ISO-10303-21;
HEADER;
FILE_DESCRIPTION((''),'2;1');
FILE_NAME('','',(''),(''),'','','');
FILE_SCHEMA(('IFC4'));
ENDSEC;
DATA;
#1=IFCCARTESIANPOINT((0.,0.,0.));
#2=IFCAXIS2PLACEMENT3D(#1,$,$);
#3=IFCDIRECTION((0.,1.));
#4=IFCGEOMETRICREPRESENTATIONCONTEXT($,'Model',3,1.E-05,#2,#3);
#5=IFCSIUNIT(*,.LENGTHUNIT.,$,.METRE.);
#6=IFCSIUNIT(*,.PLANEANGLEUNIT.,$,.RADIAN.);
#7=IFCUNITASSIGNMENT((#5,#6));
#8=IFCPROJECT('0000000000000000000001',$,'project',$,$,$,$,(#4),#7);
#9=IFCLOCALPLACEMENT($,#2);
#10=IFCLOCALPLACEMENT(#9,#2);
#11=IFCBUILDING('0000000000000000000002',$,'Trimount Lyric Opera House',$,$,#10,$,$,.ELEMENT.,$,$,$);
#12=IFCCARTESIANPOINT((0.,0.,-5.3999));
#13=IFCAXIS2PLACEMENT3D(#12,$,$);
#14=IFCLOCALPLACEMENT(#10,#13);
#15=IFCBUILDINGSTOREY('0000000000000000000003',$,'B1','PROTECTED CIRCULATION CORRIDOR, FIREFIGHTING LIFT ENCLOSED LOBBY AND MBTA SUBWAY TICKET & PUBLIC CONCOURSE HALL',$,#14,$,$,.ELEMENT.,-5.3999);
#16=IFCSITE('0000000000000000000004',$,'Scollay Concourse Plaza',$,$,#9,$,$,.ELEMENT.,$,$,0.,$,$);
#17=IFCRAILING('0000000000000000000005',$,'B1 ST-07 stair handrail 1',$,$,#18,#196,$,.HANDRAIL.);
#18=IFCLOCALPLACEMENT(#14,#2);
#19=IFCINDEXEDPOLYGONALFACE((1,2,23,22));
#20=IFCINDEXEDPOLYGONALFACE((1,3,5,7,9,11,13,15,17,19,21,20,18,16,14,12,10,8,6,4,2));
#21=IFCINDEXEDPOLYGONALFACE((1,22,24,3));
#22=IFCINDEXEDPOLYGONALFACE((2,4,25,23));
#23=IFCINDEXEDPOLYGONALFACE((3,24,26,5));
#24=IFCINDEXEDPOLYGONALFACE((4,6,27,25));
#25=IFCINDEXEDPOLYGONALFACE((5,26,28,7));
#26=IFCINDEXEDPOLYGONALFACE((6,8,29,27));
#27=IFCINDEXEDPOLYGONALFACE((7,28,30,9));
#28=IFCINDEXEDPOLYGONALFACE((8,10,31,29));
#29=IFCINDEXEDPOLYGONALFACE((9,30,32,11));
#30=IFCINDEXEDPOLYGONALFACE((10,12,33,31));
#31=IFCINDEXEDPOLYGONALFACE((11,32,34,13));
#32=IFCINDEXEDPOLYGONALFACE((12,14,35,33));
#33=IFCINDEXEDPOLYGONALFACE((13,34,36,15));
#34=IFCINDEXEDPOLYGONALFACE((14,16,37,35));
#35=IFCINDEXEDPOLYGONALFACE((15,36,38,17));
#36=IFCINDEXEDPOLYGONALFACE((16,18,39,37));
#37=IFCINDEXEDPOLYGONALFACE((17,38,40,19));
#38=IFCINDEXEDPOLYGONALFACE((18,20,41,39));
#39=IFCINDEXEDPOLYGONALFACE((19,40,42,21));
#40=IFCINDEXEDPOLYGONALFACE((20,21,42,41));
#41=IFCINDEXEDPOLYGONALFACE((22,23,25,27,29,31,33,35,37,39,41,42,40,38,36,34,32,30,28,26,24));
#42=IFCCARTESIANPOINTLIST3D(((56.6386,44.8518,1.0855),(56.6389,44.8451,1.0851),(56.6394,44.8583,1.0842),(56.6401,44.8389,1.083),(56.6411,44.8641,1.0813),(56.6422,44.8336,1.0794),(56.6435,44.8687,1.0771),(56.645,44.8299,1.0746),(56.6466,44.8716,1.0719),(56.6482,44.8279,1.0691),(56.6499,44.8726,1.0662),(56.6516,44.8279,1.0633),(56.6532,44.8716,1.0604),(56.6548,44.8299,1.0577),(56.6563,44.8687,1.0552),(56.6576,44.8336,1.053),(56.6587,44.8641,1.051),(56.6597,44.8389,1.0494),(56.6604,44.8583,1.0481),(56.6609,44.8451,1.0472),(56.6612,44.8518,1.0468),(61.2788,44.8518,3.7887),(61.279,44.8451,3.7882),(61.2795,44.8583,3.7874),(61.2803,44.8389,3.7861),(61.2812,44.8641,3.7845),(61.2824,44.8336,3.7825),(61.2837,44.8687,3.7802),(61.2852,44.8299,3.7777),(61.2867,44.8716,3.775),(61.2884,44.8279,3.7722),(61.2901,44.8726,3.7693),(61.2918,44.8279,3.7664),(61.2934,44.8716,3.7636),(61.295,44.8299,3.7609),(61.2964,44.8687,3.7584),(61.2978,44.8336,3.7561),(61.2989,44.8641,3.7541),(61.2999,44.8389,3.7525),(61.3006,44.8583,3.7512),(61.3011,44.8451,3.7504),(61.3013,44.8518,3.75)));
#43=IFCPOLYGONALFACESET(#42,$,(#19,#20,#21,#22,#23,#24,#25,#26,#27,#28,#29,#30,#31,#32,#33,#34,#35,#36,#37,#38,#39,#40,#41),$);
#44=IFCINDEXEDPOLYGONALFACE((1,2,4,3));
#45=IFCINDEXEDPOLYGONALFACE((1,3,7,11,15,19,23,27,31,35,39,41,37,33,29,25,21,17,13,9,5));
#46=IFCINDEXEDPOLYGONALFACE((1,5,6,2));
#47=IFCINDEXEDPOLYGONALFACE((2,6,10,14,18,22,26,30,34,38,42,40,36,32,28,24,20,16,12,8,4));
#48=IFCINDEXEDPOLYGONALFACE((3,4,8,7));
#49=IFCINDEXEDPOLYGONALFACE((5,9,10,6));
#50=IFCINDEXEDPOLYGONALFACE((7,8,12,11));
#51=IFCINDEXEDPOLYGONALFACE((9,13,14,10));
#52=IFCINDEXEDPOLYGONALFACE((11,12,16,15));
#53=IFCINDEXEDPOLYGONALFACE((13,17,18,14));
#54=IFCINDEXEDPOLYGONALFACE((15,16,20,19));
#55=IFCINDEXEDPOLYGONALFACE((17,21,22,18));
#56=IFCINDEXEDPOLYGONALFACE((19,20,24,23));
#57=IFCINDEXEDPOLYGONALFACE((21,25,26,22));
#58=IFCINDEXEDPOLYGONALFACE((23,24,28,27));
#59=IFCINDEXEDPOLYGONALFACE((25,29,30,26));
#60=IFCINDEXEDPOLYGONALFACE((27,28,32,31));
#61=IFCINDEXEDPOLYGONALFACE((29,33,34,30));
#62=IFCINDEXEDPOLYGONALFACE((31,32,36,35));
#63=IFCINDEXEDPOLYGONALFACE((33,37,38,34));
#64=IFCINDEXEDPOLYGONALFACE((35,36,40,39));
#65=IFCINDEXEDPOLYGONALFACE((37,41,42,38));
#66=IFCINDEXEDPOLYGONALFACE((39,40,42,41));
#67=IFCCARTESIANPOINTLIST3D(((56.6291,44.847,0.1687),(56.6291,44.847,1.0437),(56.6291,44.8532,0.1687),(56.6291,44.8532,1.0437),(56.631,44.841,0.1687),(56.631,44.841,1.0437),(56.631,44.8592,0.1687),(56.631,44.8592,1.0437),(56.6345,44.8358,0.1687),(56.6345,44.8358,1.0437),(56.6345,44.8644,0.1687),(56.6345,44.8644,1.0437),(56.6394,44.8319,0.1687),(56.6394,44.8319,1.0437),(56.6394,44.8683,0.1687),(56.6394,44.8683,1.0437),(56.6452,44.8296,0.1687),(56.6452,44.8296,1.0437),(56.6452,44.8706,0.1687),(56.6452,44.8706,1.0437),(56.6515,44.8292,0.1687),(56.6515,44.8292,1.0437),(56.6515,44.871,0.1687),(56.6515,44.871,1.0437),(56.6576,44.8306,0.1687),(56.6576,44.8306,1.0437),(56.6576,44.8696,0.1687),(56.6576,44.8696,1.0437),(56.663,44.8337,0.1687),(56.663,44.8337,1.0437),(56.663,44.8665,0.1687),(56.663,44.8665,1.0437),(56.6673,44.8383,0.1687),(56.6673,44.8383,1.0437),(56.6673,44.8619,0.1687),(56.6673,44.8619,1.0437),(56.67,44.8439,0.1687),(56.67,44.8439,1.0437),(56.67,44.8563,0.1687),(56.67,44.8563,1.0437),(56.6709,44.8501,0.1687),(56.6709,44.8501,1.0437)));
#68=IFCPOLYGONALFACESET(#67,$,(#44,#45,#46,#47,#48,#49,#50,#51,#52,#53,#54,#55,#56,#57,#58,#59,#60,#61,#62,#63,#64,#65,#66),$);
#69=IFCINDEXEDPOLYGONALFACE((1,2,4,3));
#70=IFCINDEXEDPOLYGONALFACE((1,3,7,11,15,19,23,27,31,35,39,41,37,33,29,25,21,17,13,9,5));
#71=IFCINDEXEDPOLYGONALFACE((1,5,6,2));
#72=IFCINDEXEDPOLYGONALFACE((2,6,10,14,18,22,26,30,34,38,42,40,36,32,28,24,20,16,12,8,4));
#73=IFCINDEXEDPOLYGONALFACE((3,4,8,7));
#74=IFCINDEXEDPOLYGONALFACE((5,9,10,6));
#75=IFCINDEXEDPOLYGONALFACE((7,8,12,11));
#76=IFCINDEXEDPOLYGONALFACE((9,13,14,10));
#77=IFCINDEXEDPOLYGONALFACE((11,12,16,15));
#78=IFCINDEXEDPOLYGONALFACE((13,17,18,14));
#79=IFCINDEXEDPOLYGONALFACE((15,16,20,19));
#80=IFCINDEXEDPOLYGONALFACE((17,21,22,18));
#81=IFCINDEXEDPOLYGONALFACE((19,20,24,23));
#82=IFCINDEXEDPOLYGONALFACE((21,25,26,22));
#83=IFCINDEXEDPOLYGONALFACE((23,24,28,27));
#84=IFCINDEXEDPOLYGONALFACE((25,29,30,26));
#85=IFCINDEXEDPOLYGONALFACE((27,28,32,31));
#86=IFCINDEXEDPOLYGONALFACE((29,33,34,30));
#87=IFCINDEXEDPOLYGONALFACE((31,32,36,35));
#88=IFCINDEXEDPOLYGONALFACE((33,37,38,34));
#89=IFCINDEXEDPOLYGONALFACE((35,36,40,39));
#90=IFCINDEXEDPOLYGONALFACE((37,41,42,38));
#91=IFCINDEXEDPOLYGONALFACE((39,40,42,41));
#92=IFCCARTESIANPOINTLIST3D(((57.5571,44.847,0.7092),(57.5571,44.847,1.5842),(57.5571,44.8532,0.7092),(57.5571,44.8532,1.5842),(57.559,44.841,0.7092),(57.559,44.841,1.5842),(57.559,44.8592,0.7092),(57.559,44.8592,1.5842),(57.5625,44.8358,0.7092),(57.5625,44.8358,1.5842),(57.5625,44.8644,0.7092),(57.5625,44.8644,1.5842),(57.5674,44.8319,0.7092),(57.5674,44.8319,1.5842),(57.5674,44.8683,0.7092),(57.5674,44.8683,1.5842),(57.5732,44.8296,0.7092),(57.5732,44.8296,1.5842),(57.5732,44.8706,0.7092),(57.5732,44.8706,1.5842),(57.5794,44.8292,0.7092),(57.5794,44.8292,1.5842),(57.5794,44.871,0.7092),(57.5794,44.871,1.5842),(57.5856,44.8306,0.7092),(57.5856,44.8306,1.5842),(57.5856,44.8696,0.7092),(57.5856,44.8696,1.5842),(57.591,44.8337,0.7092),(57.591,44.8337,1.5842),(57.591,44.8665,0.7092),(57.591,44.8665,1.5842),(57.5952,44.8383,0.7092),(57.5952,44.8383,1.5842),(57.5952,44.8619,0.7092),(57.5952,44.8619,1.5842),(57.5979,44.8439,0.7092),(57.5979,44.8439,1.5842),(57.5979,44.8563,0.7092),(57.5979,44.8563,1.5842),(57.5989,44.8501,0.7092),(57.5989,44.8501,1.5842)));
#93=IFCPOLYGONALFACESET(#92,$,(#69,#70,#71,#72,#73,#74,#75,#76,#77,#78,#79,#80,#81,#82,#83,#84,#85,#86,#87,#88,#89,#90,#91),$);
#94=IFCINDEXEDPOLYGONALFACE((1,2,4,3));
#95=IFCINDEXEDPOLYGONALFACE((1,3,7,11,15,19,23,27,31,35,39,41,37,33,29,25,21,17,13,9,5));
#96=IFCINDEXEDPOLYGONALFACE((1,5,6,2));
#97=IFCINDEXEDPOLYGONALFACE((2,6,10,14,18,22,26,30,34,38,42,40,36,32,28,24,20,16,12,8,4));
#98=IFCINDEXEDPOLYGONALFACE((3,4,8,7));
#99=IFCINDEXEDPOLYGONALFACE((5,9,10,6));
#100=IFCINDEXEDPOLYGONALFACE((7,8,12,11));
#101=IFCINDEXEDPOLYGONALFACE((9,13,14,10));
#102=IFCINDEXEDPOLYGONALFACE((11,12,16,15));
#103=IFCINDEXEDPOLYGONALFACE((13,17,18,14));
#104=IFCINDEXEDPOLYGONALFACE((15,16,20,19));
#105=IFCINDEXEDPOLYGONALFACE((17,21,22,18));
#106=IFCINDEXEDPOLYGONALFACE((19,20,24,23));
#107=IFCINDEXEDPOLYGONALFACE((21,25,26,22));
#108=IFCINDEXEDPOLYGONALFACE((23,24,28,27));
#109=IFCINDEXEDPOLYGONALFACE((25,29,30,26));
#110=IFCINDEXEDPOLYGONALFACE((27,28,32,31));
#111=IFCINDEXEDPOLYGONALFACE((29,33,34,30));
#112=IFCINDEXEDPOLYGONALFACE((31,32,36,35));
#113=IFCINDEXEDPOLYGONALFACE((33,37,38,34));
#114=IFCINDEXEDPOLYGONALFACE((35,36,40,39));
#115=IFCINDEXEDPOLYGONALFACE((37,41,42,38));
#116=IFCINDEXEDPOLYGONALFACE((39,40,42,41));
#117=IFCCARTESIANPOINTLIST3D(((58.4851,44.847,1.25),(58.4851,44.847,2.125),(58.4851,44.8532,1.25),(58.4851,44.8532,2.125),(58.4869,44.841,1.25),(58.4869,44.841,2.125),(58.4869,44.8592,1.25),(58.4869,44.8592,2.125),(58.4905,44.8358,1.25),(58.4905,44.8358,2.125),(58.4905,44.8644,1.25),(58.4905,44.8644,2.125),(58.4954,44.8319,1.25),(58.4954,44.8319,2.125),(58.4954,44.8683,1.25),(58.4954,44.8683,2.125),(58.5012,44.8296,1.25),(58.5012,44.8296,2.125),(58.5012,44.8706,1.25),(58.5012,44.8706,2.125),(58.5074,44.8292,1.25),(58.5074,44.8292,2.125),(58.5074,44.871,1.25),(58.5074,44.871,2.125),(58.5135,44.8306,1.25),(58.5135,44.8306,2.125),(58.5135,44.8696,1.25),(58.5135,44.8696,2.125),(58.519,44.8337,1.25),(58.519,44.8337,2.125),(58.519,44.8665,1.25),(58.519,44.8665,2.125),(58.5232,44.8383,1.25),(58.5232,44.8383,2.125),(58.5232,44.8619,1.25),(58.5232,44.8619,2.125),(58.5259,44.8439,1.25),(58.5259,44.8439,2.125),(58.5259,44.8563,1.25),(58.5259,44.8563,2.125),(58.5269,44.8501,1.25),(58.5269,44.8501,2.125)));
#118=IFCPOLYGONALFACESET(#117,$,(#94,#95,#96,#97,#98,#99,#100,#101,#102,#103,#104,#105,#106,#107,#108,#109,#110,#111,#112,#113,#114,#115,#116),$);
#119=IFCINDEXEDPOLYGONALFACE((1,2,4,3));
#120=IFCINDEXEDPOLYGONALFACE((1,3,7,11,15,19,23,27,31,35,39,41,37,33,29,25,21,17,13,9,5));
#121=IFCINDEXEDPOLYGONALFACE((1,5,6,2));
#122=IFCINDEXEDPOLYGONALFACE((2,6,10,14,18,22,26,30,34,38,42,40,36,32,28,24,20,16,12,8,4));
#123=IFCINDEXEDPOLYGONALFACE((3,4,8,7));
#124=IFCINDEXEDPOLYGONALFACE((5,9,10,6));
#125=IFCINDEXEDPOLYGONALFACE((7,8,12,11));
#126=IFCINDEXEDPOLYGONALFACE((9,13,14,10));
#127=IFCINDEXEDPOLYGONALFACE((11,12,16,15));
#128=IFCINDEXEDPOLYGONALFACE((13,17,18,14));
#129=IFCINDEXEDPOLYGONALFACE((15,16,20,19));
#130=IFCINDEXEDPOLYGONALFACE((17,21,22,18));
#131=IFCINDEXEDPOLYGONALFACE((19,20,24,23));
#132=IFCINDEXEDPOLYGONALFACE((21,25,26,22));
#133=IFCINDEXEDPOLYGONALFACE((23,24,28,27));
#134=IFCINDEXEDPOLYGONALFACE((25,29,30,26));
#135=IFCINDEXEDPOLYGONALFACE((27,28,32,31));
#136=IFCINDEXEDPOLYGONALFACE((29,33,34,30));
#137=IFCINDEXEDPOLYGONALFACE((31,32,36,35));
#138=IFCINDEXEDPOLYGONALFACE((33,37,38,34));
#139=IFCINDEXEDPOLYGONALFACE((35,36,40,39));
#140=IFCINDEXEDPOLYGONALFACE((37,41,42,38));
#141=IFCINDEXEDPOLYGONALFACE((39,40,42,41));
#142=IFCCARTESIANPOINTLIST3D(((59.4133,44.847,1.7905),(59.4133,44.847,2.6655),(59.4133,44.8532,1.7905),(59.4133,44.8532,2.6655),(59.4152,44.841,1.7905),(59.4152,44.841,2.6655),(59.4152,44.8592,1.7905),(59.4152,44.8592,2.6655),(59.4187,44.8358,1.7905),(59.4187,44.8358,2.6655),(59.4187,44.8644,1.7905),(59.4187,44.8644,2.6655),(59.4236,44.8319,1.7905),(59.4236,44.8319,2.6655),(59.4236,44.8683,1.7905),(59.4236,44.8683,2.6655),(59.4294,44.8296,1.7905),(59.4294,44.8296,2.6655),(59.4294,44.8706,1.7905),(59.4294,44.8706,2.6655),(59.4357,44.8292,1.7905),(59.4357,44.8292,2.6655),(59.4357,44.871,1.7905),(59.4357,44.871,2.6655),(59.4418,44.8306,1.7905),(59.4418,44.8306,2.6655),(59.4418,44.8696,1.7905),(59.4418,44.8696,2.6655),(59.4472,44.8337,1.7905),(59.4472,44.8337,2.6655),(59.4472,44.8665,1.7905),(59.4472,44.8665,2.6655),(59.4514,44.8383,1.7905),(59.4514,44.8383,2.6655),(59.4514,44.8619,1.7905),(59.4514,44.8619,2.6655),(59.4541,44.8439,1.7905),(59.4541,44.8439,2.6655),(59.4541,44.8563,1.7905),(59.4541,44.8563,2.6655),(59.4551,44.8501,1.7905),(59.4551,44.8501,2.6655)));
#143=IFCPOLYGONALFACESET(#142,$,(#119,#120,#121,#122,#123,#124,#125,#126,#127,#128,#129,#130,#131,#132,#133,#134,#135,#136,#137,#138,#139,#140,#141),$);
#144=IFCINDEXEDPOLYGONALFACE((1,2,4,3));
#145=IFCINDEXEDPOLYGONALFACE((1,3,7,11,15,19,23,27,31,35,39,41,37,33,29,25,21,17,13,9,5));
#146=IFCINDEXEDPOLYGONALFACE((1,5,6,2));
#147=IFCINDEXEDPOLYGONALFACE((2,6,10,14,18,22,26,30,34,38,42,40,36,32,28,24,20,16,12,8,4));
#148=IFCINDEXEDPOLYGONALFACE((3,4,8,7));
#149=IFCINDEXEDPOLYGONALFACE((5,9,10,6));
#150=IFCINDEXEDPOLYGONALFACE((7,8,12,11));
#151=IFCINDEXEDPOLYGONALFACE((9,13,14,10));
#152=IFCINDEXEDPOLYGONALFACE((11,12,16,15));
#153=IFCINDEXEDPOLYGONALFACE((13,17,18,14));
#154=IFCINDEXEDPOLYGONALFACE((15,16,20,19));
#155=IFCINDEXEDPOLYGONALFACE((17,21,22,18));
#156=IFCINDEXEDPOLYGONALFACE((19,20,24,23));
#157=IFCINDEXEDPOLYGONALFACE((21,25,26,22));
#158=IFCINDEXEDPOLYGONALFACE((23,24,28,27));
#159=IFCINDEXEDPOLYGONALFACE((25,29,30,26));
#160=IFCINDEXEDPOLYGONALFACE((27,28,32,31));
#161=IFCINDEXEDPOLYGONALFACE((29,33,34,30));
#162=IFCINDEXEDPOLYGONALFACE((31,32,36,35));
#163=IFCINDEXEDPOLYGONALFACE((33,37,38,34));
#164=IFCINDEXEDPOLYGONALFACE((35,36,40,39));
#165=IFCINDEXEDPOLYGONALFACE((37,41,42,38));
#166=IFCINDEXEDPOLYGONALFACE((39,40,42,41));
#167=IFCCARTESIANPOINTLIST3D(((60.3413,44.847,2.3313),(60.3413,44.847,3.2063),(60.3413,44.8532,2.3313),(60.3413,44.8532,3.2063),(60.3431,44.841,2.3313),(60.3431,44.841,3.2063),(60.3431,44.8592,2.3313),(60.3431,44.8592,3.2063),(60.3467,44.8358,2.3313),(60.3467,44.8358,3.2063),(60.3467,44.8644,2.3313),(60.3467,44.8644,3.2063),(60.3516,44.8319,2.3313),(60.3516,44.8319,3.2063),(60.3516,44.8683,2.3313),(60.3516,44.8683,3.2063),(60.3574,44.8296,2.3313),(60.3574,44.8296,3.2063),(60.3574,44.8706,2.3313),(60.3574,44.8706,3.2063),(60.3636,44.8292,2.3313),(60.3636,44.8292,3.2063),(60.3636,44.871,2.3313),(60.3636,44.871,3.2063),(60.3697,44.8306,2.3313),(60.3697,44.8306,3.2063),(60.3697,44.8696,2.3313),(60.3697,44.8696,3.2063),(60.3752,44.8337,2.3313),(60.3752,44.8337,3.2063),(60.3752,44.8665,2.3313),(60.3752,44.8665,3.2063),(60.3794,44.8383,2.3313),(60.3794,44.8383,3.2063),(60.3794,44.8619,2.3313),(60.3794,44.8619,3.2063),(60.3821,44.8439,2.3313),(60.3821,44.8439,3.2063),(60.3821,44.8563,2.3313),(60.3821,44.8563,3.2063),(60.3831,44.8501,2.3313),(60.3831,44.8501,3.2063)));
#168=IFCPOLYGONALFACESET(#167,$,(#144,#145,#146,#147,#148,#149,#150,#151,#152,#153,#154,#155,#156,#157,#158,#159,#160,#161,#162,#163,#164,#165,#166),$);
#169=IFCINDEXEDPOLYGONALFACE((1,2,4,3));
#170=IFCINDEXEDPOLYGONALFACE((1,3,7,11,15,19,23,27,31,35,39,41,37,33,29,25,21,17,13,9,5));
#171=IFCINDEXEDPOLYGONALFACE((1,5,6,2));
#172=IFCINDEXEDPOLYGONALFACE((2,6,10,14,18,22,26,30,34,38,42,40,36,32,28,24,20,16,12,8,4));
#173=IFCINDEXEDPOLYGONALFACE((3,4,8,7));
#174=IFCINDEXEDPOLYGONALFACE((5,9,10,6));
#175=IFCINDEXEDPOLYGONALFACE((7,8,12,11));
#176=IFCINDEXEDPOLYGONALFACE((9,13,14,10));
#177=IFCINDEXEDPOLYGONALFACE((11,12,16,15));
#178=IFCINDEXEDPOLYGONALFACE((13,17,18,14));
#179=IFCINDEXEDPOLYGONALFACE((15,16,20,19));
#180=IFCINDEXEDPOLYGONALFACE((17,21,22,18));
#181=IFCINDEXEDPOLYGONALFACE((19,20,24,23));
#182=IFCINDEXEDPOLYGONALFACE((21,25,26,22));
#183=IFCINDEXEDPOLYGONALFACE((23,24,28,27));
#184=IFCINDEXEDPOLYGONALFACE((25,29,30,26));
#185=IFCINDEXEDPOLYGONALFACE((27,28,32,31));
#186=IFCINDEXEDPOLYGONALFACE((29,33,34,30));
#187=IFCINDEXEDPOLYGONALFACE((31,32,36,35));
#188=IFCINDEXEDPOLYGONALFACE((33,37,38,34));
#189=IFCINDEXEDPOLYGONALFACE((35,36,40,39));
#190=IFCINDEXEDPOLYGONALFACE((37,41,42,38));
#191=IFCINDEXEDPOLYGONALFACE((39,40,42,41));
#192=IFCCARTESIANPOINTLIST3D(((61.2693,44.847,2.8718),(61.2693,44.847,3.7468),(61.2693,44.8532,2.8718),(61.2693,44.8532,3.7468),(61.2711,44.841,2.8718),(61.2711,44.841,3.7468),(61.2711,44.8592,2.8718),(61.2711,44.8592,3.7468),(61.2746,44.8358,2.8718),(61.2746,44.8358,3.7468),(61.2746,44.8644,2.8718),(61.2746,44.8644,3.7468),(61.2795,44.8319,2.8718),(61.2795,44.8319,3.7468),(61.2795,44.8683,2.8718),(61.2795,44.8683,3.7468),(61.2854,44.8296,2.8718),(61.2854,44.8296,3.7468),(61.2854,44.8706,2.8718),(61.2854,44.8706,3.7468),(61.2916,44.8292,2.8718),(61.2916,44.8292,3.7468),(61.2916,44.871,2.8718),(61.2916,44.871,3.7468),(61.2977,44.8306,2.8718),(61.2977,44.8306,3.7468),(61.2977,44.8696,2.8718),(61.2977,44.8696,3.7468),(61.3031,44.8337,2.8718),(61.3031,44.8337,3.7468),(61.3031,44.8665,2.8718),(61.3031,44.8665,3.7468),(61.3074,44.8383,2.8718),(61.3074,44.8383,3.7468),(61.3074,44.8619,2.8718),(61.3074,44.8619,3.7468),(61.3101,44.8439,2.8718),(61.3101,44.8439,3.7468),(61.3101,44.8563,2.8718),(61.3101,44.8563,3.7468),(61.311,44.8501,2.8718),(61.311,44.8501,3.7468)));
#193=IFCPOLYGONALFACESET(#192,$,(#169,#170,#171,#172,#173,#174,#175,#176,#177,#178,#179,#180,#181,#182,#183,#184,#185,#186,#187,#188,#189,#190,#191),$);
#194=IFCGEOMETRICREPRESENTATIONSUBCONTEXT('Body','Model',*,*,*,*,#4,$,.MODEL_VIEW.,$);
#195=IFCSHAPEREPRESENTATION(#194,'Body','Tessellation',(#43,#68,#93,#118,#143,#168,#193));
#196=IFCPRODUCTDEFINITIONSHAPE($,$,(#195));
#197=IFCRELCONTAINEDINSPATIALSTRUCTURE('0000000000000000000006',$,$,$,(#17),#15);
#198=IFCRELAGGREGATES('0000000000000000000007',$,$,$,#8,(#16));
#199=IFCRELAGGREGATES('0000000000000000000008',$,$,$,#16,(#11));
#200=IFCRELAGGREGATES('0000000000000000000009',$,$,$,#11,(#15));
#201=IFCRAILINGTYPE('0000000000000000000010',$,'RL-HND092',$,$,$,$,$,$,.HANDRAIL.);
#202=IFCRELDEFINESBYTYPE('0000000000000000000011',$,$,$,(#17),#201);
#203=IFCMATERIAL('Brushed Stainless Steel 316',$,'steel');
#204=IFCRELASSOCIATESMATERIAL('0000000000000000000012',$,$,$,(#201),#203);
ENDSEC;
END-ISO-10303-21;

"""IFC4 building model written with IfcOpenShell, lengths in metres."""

from ifc_helpers import new_model, si_unit, direction, frame, origin, origin_2d, place, context, subcontext, project, spatial, circle, extrude, material, type_object, element, save


model = new_model("IFC4")

# Units and contexts
model_context = context("Model", 3, precision=1e-05, world=origin(), true_north=direction((0.0, 1.0)))
body_context = subcontext(model_context, "Body", "Model", "MODEL_VIEW")
ifc_project = project(units=[si_unit("LENGTHUNIT", "METRE"), si_unit("PLANEANGLEUNIT", "RADIAN")], contexts=[model_context])

# Site, building, storey
site_placement = place(None, origin())
site = spatial("IfcSite", under=ifc_project, at=site_placement, Name="Scollay Concourse Plaza", CompositionType="ELEMENT", RefElevation=0.0)
building_placement = place(site_placement, origin())
building = spatial("IfcBuilding", under=site, at=building_placement, Name="Trimount Lyric Opera House", CompositionType="ELEMENT")
storey_placement = place(building_placement, frame((0.0, 0.0, -5.3999)))
storey = spatial("IfcBuildingStorey", under=building, at=storey_placement, Name="B1", Description="PROTECTED CIRCULATION CORRIDOR, FIREFIGHTING LIFT ENCLOSED LOBBY AND MBTA SUBWAY TICKET & PUBLIC CONCOURSE HALL", CompositionType="ELEMENT", Elevation=-5.3999)

# Railing
ifc_material_1 = material(Name="Brushed Stainless Steel 316", Category="steel")
railing_type_1 = type_object("IfcRailingType", Name="RL-HND092", PredefinedType="HANDRAIL", material=ifc_material_1)
railing_1_placement = place(storey_placement, frame((56.6499, 44.8501, 0.1687)))
element("IfcRailing", 1, at=railing_1_placement, inside=storey, type_object=railing_type_1, Name="B1 ST-07 stair handrail 1", PredefinedType="HANDRAIL", context=body_context, shape_type="SweptSolid", body=[
    extrude(circle(Radius=0.0225, at=origin_2d()), frame((0.0, 0.0, 0.8975), z_axis=(0.864072, 0.0, 0.503368), x_axis=(0.0, 1.0, 0.0)), (0.0, 0.0, 1.0), 5.3701),
    extrude(circle(Radius=0.021, at=origin_2d()), origin(), (0.0, 0.0, 1.0), 0.875),
    extrude(circle(Radius=0.021, at=origin_2d()), frame((0.928, 0.0, 0.5405)), (0.0, 0.0, 1.0), 0.875),
    extrude(circle(Radius=0.021, at=origin_2d()), frame((1.856, 0.0, 1.0813)), (0.0, 0.0, 1.0), 0.875),
    extrude(circle(Radius=0.021, at=origin_2d()), frame((2.7842, 0.0, 1.6218)), (0.0, 0.0, 1.0), 0.875),
    extrude(circle(Radius=0.021, at=origin_2d()), frame((3.7122, 0.0, 2.1626)), (0.0, 0.0, 1.0), 0.875),
    extrude(circle(Radius=0.021, at=origin_2d()), frame((4.6401, 0.0, 2.7031)), (0.0, 0.0, 1.0), 0.875),
])

save(model, "model.ifc")
